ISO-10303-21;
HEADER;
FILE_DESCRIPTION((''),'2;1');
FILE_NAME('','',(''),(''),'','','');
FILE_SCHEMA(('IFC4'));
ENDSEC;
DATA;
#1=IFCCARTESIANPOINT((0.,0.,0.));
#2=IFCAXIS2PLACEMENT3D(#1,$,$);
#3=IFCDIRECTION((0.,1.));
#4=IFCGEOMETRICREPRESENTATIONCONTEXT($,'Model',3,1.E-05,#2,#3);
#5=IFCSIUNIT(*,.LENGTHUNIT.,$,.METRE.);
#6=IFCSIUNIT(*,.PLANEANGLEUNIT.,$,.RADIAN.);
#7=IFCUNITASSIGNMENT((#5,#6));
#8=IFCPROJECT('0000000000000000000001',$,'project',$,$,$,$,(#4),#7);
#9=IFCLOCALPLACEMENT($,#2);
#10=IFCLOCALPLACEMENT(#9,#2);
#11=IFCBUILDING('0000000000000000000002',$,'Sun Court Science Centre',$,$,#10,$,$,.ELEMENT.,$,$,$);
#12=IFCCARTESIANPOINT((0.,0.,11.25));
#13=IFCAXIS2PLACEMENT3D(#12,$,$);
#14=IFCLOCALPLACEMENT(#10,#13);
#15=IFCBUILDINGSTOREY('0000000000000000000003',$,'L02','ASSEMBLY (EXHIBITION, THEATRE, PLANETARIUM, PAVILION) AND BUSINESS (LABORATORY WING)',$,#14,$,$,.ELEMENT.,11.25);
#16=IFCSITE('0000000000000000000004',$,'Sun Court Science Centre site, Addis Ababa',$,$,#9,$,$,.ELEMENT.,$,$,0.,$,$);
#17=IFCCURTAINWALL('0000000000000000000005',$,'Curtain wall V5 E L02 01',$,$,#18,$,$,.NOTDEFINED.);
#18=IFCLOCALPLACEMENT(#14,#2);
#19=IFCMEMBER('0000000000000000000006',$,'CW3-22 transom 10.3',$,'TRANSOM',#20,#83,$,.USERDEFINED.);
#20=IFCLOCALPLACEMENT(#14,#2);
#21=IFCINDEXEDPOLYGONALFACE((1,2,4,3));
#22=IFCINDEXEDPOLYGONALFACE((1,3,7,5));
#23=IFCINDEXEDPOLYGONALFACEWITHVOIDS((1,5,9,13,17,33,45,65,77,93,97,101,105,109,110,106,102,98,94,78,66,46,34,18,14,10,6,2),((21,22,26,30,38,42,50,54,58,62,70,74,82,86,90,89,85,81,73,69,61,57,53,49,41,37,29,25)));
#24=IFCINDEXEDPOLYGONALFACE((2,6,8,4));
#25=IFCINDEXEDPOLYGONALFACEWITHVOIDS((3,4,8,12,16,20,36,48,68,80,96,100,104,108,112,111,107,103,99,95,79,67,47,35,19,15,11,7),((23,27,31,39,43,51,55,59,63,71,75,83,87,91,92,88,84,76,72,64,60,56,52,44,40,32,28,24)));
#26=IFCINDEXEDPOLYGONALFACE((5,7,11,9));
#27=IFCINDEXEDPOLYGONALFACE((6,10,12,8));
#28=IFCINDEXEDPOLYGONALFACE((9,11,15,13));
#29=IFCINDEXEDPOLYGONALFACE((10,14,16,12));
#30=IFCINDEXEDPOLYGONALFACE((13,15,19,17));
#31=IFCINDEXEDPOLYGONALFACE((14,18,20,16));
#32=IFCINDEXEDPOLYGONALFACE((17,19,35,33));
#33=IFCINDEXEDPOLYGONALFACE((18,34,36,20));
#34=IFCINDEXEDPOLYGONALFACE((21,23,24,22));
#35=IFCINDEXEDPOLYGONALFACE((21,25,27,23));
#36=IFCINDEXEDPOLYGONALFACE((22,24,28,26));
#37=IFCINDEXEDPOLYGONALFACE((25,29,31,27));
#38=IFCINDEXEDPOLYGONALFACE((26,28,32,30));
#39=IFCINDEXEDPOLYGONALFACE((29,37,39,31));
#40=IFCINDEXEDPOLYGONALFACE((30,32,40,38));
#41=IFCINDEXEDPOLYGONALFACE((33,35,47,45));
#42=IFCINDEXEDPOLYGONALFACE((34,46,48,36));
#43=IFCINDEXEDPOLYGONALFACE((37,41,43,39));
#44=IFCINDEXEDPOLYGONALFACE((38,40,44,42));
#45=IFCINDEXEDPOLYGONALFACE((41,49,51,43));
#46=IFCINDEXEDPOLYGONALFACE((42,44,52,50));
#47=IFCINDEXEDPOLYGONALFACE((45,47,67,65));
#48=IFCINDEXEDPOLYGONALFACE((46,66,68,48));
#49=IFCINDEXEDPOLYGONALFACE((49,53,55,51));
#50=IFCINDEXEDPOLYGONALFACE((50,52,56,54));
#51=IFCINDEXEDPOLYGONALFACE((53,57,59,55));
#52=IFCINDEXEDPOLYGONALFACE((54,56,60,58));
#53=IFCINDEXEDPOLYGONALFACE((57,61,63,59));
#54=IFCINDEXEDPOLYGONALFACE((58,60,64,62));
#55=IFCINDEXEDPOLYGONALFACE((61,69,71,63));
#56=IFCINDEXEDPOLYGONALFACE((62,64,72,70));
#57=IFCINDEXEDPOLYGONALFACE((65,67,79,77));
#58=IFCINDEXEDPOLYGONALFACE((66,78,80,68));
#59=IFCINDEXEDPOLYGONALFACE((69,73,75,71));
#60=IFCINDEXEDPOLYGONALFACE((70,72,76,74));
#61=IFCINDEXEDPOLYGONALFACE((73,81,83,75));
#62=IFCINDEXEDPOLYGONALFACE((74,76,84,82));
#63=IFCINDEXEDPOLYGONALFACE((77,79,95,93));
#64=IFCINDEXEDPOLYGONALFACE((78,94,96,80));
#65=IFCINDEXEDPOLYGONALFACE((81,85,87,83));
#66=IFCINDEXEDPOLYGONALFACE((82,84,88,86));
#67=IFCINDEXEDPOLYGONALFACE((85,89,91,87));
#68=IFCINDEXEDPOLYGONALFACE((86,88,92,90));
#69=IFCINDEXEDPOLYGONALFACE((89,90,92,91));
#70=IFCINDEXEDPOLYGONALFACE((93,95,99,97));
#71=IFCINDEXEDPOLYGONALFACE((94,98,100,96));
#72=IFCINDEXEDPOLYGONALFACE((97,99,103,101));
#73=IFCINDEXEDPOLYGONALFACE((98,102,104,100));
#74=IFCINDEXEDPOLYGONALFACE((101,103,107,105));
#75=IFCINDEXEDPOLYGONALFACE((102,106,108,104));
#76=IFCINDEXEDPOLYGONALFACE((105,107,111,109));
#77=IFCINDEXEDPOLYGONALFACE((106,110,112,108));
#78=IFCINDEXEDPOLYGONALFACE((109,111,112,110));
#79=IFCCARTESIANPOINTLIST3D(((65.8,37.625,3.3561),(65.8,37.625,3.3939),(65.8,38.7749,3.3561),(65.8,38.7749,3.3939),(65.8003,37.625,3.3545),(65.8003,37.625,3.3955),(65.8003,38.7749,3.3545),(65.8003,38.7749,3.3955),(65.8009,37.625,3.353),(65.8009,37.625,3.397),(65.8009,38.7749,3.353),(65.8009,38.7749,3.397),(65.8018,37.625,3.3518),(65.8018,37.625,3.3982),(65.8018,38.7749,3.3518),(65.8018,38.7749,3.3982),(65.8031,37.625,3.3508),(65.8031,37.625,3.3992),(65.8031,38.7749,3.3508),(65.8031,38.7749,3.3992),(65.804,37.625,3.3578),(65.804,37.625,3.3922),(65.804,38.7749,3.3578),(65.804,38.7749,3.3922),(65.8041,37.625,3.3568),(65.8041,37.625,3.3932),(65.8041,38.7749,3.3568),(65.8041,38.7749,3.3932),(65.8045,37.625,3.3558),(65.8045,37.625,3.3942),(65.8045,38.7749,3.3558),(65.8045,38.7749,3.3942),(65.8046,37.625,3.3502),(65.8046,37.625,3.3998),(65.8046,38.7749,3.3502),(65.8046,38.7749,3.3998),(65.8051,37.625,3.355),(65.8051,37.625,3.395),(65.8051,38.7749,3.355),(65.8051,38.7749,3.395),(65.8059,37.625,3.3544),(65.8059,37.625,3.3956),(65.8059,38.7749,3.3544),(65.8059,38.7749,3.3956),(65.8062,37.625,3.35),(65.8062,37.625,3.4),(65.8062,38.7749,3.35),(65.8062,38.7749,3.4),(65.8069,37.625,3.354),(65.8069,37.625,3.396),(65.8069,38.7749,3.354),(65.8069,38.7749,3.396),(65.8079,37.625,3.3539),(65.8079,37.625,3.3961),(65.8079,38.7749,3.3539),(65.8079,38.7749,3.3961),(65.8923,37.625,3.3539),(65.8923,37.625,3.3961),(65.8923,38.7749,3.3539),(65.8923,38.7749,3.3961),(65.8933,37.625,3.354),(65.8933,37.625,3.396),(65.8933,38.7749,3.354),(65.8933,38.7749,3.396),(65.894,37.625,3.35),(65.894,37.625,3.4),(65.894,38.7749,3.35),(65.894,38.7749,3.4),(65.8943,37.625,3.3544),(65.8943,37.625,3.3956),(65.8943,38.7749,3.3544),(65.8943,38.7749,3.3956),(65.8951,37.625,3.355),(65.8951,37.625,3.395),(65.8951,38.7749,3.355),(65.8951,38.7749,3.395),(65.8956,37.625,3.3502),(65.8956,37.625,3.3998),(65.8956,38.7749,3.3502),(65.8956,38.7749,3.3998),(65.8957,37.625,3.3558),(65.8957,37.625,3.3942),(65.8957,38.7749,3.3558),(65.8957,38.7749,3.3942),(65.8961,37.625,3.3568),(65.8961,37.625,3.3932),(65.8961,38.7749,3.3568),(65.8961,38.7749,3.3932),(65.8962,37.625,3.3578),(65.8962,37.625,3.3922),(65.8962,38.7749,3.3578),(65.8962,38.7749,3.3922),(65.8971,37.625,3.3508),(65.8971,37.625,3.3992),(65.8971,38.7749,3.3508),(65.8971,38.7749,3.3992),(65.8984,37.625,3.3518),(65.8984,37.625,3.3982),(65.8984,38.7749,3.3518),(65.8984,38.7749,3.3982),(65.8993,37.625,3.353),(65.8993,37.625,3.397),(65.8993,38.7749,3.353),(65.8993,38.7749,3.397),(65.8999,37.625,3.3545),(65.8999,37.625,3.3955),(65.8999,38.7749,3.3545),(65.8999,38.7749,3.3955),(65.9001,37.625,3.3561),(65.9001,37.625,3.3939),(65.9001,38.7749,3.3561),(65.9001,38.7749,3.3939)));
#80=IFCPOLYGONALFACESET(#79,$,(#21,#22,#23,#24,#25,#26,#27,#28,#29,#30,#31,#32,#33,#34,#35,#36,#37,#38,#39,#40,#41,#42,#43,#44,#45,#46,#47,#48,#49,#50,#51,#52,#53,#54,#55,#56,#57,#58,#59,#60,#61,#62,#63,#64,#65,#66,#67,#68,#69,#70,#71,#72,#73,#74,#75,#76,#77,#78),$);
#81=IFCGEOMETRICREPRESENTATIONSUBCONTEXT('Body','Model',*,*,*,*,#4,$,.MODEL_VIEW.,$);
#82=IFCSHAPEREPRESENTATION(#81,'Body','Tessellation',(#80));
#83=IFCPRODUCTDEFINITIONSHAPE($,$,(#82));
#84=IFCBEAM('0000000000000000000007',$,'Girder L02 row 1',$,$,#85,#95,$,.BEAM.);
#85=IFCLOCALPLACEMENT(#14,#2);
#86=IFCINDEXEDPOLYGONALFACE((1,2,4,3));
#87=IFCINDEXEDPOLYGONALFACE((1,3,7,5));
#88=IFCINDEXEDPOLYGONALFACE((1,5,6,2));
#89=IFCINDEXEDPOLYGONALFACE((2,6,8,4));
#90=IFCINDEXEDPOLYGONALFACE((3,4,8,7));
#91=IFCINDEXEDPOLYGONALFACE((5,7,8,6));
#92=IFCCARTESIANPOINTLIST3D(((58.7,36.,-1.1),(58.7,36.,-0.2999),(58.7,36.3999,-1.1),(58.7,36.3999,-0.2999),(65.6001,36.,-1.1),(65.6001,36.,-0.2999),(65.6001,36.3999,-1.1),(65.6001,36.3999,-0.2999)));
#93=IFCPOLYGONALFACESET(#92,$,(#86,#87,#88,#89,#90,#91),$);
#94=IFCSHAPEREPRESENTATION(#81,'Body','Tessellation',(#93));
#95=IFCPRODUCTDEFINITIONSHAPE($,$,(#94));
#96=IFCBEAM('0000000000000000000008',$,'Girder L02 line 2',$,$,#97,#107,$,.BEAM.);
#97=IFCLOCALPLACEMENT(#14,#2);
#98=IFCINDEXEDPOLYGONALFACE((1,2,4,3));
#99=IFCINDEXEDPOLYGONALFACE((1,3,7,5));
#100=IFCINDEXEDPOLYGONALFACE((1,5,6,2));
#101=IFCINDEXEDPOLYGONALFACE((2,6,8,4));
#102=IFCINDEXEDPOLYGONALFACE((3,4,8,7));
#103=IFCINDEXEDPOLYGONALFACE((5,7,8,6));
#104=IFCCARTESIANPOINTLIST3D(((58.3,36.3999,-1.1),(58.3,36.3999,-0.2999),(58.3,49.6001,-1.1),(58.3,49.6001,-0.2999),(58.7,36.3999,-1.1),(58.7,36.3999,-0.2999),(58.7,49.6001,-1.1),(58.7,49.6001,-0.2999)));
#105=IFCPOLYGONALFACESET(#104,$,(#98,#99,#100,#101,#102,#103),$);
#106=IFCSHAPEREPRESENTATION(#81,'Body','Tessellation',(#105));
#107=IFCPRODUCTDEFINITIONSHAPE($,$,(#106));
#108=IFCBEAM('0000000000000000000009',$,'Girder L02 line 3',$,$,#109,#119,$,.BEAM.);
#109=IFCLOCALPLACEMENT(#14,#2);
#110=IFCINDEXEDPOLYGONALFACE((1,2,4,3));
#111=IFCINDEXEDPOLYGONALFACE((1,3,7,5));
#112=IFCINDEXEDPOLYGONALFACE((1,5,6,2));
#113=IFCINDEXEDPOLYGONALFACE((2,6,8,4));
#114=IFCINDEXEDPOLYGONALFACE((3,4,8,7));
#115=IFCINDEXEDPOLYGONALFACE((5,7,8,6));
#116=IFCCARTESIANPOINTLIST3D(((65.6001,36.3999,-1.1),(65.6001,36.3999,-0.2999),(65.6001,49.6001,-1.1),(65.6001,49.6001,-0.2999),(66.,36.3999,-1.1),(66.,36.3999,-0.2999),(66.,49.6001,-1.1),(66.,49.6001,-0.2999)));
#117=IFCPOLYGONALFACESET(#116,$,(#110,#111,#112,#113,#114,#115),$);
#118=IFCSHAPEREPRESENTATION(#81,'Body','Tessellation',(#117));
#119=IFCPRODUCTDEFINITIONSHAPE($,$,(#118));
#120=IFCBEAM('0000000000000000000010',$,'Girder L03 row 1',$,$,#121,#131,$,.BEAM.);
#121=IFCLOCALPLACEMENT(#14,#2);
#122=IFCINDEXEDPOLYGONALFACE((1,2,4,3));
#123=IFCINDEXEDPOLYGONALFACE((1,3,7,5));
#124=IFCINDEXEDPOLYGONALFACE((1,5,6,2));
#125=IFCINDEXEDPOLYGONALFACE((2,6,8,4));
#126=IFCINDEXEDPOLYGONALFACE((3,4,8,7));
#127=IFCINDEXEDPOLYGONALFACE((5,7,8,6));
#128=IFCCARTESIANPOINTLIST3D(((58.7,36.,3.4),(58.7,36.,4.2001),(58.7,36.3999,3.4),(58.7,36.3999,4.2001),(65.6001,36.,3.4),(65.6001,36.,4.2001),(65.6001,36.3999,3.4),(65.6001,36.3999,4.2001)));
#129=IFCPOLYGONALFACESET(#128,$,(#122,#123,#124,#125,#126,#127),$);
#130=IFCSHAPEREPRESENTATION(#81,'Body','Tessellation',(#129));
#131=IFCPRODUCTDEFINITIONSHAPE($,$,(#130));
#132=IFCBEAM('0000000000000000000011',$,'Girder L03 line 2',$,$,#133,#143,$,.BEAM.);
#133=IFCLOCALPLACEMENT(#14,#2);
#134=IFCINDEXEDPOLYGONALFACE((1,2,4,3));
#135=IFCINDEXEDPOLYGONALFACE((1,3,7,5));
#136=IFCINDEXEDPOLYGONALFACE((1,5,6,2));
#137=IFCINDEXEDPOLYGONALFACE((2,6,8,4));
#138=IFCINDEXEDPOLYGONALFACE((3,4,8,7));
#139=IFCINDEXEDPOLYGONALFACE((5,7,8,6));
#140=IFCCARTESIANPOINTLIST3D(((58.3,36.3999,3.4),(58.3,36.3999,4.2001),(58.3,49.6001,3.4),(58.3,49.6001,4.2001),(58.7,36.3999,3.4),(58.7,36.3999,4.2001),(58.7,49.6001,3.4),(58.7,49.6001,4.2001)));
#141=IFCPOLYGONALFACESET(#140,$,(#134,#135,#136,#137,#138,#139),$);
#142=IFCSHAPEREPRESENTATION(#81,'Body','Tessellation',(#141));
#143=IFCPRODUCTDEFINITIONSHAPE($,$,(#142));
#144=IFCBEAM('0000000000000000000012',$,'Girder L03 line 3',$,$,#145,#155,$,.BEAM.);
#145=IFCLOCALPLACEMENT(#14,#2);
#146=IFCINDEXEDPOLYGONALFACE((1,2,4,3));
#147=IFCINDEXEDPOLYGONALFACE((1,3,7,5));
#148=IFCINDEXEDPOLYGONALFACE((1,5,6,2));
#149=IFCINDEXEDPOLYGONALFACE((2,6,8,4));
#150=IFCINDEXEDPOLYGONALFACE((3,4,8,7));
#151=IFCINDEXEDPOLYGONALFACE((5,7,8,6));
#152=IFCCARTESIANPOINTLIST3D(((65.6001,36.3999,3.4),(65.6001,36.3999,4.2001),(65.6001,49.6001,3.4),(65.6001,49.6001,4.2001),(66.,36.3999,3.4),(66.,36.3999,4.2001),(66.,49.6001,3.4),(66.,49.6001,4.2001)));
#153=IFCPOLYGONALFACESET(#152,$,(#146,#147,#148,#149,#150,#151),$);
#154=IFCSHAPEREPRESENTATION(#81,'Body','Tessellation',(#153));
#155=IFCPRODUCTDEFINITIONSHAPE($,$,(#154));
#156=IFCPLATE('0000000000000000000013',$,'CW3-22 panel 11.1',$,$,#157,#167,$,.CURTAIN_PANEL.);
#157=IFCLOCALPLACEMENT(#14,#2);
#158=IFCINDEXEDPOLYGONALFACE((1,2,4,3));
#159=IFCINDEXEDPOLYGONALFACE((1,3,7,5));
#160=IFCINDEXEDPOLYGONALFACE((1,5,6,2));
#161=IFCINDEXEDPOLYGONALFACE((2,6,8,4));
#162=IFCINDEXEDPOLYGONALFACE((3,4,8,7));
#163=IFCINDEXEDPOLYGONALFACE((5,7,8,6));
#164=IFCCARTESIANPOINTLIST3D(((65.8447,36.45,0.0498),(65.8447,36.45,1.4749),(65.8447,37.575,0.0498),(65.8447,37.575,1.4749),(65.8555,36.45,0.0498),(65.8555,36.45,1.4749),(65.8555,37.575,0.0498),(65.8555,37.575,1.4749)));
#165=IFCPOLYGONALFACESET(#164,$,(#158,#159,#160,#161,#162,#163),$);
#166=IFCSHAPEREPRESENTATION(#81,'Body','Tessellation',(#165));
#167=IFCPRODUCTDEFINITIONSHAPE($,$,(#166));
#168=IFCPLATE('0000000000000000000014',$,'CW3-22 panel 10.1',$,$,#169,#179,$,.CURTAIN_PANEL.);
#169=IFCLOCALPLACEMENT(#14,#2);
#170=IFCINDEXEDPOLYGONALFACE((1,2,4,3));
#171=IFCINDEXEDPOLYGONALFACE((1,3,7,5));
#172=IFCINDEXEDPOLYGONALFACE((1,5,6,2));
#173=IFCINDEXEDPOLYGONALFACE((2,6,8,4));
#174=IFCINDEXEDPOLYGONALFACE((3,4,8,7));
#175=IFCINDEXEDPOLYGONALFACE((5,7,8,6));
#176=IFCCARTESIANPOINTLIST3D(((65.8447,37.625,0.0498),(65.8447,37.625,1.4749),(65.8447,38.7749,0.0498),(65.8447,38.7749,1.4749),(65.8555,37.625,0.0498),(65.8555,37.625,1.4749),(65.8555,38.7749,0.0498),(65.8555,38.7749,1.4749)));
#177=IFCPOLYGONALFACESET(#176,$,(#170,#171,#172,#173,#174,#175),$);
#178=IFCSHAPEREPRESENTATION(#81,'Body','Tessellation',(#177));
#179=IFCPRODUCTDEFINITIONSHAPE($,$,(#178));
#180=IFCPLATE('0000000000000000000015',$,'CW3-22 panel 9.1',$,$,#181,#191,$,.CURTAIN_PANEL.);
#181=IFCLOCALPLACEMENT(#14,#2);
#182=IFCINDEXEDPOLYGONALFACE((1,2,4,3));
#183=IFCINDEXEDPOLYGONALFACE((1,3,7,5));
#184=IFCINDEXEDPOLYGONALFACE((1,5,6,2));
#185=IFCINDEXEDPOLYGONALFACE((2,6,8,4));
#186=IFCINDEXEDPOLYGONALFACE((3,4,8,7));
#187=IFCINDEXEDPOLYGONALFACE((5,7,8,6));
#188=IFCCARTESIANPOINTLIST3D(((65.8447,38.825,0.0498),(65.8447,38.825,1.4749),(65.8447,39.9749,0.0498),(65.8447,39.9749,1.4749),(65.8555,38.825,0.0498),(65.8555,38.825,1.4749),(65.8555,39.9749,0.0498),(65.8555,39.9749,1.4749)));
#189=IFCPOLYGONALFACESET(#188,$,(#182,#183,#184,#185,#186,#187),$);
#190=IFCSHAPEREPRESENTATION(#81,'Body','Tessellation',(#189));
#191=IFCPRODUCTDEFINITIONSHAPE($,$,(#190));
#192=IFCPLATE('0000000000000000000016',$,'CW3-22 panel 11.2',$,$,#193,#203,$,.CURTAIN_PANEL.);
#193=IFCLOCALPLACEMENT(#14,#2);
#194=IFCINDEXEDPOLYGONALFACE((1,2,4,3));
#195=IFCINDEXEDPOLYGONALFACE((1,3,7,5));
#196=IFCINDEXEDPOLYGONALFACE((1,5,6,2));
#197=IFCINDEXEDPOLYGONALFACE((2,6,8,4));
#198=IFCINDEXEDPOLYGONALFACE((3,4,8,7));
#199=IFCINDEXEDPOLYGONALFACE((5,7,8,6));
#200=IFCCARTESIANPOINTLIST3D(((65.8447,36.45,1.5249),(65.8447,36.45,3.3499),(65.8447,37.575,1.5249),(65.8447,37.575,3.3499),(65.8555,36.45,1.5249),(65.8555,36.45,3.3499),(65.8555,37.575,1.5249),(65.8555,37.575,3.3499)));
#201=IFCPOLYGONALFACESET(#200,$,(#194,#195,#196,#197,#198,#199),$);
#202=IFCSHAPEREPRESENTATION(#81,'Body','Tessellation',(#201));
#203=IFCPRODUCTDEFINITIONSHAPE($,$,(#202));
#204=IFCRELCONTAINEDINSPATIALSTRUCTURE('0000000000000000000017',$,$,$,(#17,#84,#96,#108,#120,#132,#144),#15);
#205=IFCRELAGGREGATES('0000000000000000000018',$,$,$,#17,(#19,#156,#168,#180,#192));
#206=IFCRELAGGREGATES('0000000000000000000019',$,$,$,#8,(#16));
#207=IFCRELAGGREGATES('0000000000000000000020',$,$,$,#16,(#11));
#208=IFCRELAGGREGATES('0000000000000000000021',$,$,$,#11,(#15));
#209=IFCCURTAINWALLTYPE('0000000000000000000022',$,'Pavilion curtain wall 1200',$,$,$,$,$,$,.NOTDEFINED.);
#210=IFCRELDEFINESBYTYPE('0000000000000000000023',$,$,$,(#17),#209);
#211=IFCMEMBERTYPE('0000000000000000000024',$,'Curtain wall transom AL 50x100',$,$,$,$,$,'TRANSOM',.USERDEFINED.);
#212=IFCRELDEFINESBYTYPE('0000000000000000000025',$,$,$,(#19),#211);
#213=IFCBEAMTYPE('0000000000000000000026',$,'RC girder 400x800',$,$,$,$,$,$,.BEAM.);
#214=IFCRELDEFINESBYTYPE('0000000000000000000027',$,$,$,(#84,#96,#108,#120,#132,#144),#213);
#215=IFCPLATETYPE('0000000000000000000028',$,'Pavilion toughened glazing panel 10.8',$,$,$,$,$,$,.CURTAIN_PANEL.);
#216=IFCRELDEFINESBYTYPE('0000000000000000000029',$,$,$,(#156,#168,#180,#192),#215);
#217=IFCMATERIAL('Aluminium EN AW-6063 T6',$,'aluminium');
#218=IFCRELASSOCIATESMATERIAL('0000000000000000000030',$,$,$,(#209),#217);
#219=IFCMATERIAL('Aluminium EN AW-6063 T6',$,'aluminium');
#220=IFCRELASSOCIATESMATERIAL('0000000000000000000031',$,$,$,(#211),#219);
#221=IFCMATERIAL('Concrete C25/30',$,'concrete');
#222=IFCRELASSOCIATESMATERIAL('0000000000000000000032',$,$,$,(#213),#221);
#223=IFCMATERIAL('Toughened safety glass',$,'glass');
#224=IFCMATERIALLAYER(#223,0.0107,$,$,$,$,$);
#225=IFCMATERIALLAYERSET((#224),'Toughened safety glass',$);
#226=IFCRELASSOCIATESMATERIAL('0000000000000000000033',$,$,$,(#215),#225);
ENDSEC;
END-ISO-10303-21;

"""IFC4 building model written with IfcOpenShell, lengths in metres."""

from ifc_helpers import new_model, si_unit, direction, frame, origin, origin_2d, place, context, subcontext, project, spatial, rectangle, hollow_rectangle, extrude, material, layer, layer_set, material_profile, profile_set, type_object, element, aggregate, save


model = new_model("IFC4")

# Units and contexts
model_context = context("Model", 3, precision=1e-05, world=origin(), true_north=direction((0.0, 1.0)))
body_context = subcontext(model_context, "Body", "Model", "MODEL_VIEW")
ifc_project = project(units=[si_unit("LENGTHUNIT", "METRE"), si_unit("PLANEANGLEUNIT", "RADIAN")], contexts=[model_context])

# Site, building, storey
site_placement = place(None, origin())
site = spatial("IfcSite", under=ifc_project, at=site_placement, Name="Sun Court Science Centre site, Addis Ababa", CompositionType="ELEMENT", RefElevation=0.0)
building_placement = place(site_placement, origin())
building = spatial("IfcBuilding", under=site, at=building_placement, Name="Sun Court Science Centre", CompositionType="ELEMENT")
storey_placement = place(building_placement, frame((0.0, 0.0, 11.25)))
storey = spatial("IfcBuildingStorey", under=building, at=storey_placement, Name="L02", Description="ASSEMBLY (EXHIBITION, THEATRE, PLANETARIUM, PAVILION) AND BUSINESS (LABORATORY WING)", CompositionType="ELEMENT", Elevation=11.25)

# Curtain wall, member
ifc_material_1 = material(Name="Aluminium EN AW-6063 T6", Category="aluminium")
curtain_wall_type = type_object("IfcCurtainWallType", Name="Pavilion curtain wall 1200", PredefinedType="NOTDEFINED", material=ifc_material_1)
curtain_wall_placement = place(storey_placement, origin())
curtain_wall = element("IfcCurtainWall", 1, at=curtain_wall_placement, inside=storey, type_object=curtain_wall_type, Name="Curtain wall V5 E L02 01", PredefinedType="NOTDEFINED")
ifc_material_2 = material(Name="Aluminium EN AW-6063 T6", Category="aluminium")
ifc_material_profile_1 = material_profile(ifc_material_2, hollow_rectangle(XDim=0.05, YDim=0.1001, WallThickness=0.0039, InnerFilletRadius=0.0039, OuterFilletRadius=0.0061, at=origin_2d()), Name="AL 50x100x4")
ifc_profile_set_1 = profile_set([ifc_material_profile_1], Name="Aluminium EN AW-6063 T6")
member_type_1 = type_object("IfcMemberType", Name="Curtain wall transom AL 50x100", ElementType="TRANSOM", PredefinedType="USERDEFINED", material=ifc_profile_set_1)
member_1_placement = place(storey_placement, frame((65.8501, 38.7749, 3.375), z_axis=(0.0, -1.0, 0.0), x_axis=(0.0, 0.0, 1.0)))
member_1 = element("IfcMember", 2, at=member_1_placement, type_object=member_type_1, Name="CW3-22 transom 10.3", ObjectType="TRANSOM", PredefinedType="USERDEFINED", context=body_context, shape_type="SweptSolid", body=[
    extrude(hollow_rectangle(XDim=0.05, YDim=0.1001, WallThickness=0.0039, InnerFilletRadius=0.0039, OuterFilletRadius=0.0061, at=origin_2d()), origin(), (0.0, 0.0, 1.0), 1.1499),
])

# Beams
ifc_material_3 = material(Name="Concrete C25/30", Category="concrete")
ifc_material_profile_2 = material_profile(ifc_material_3, rectangle(XDim=0.3999, YDim=0.8, at=origin_2d()), Name="RC 400x800")
ifc_profile_set_2 = profile_set([ifc_material_profile_2], Name="Concrete C25/30")
beam_type = type_object("IfcBeamType", Name="RC girder 400x800", PredefinedType="BEAM", material=ifc_profile_set_2)
beam_1_placement = place(storey_placement, frame((58.7, 36.2, -0.7), z_axis=(1.0, 0.0, 0.0), x_axis=(0.0, 1.0, 0.0)))
element("IfcBeam", 3, at=beam_1_placement, inside=storey, type_object=beam_type, Name="Girder L02 row 1", PredefinedType="BEAM", context=body_context, shape_type="SweptSolid", body=[
    extrude(rectangle(XDim=0.3999, YDim=0.8, at=origin_2d()), origin(), (0.0, 0.0, 1.0), 6.9001),
])
for number, where, z_axis, x_axis, name in (
    (4, (58.5, 36.3999, -0.7), (0.0, 1.0, 0.0), (-1.0, 0.0, 0.0), "Girder L02 line 2"),
    (5, (65.8, 36.3999, -0.7), (0.0, 1.0, 0.0), (-1.0, 0.0, 0.0), "Girder L02 line 3"),
):
    element("IfcBeam", number, at=place(storey_placement, frame(where, z_axis=z_axis, x_axis=x_axis)), inside=storey, type_object=beam_type, Name=name, PredefinedType="BEAM", context=body_context, shape_type="SweptSolid", body=[
        extrude(rectangle(XDim=0.3999, YDim=0.8, at=origin_2d()), origin(), (0.0, 0.0, 1.0), 13.2002),
    ])
beam_2_placement = place(storey_placement, frame((58.7, 36.2, 3.8), z_axis=(1.0, 0.0, 0.0), x_axis=(0.0, 1.0, 0.0)))
element("IfcBeam", 6, at=beam_2_placement, inside=storey, type_object=beam_type, Name="Girder L03 row 1", PredefinedType="BEAM", context=body_context, shape_type="SweptSolid", body=[
    extrude(rectangle(XDim=0.3999, YDim=0.8, at=origin_2d()), origin(), (0.0, 0.0, 1.0), 6.9001),
])
for number, where, z_axis, x_axis, name in (
    (7, (58.5, 36.3999, 3.8), (0.0, 1.0, 0.0), (-1.0, 0.0, 0.0), "Girder L03 line 2"),
    (8, (65.8, 36.3999, 3.8), (0.0, 1.0, 0.0), (-1.0, 0.0, 0.0), "Girder L03 line 3"),
):
    element("IfcBeam", number, at=place(storey_placement, frame(where, z_axis=z_axis, x_axis=x_axis)), inside=storey, type_object=beam_type, Name=name, PredefinedType="BEAM", context=body_context, shape_type="SweptSolid", body=[
        extrude(rectangle(XDim=0.3999, YDim=0.8, at=origin_2d()), origin(), (0.0, 0.0, 1.0), 13.2002),
    ])

# Plates
ifc_material_4 = material(Name="Toughened safety glass", Category="glass")
ifc_layer_1 = layer(ifc_material_4, 0.0107)
ifc_layer_set_1 = layer_set([ifc_layer_1], Name="Toughened safety glass")
plate_type = type_object("IfcPlateType", Name="Pavilion toughened glazing panel 10.8", PredefinedType="CURTAIN_PANEL", material=ifc_layer_set_1)
plate_1_placement = place(storey_placement, frame((65.8501, 37.0125, 0.0498), z_axis=(0.0, 0.0, 1.0), x_axis=(0.0, -1.0, 0.0)))
plate_1 = element("IfcPlate", 9, at=plate_1_placement, type_object=plate_type, Name="CW3-22 panel 11.1", PredefinedType="CURTAIN_PANEL", context=body_context, shape_type="SweptSolid", body=[
    extrude(rectangle(XDim=1.125, YDim=0.0107, at=origin_2d()), origin(), (0.0, 0.0, 1.0), 1.425),
])
plate_2_placement = place(storey_placement, frame((65.8501, 38.2, 0.0498), z_axis=(0.0, 0.0, 1.0), x_axis=(0.0, -1.0, 0.0)))
plate_2 = element("IfcPlate", 10, at=plate_2_placement, type_object=plate_type, Name="CW3-22 panel 10.1", PredefinedType="CURTAIN_PANEL", context=body_context, shape_type="SweptSolid", body=[
    extrude(rectangle(XDim=1.1499, YDim=0.0107, at=origin_2d()), origin(), (0.0, 0.0, 1.0), 1.425),
])
plate_3_placement = place(storey_placement, frame((65.8501, 39.3999, 0.0498), z_axis=(0.0, 0.0, 1.0), x_axis=(0.0, -1.0, 0.0)))
plate_3 = element("IfcPlate", 11, at=plate_3_placement, type_object=plate_type, Name="CW3-22 panel 9.1", PredefinedType="CURTAIN_PANEL", context=body_context, shape_type="SweptSolid", body=[
    extrude(rectangle(XDim=1.1499, YDim=0.0107, at=origin_2d()), origin(), (0.0, 0.0, 1.0), 1.425),
])
plate_4_placement = place(storey_placement, frame((65.8501, 37.0125, 1.5249), z_axis=(0.0, 0.0, 1.0), x_axis=(0.0, -1.0, 0.0)))
plate_4 = element("IfcPlate", 12, at=plate_4_placement, type_object=plate_type, Name="CW3-22 panel 11.2", PredefinedType="CURTAIN_PANEL", context=body_context, shape_type="SweptSolid", body=[
    extrude(rectangle(XDim=1.125, YDim=0.0107, at=origin_2d()), origin(), (0.0, 0.0, 1.0), 1.825),
])
aggregate(curtain_wall, [member_1, plate_1, plate_2, plate_3, plate_4])

save(model, "model.ifc")
